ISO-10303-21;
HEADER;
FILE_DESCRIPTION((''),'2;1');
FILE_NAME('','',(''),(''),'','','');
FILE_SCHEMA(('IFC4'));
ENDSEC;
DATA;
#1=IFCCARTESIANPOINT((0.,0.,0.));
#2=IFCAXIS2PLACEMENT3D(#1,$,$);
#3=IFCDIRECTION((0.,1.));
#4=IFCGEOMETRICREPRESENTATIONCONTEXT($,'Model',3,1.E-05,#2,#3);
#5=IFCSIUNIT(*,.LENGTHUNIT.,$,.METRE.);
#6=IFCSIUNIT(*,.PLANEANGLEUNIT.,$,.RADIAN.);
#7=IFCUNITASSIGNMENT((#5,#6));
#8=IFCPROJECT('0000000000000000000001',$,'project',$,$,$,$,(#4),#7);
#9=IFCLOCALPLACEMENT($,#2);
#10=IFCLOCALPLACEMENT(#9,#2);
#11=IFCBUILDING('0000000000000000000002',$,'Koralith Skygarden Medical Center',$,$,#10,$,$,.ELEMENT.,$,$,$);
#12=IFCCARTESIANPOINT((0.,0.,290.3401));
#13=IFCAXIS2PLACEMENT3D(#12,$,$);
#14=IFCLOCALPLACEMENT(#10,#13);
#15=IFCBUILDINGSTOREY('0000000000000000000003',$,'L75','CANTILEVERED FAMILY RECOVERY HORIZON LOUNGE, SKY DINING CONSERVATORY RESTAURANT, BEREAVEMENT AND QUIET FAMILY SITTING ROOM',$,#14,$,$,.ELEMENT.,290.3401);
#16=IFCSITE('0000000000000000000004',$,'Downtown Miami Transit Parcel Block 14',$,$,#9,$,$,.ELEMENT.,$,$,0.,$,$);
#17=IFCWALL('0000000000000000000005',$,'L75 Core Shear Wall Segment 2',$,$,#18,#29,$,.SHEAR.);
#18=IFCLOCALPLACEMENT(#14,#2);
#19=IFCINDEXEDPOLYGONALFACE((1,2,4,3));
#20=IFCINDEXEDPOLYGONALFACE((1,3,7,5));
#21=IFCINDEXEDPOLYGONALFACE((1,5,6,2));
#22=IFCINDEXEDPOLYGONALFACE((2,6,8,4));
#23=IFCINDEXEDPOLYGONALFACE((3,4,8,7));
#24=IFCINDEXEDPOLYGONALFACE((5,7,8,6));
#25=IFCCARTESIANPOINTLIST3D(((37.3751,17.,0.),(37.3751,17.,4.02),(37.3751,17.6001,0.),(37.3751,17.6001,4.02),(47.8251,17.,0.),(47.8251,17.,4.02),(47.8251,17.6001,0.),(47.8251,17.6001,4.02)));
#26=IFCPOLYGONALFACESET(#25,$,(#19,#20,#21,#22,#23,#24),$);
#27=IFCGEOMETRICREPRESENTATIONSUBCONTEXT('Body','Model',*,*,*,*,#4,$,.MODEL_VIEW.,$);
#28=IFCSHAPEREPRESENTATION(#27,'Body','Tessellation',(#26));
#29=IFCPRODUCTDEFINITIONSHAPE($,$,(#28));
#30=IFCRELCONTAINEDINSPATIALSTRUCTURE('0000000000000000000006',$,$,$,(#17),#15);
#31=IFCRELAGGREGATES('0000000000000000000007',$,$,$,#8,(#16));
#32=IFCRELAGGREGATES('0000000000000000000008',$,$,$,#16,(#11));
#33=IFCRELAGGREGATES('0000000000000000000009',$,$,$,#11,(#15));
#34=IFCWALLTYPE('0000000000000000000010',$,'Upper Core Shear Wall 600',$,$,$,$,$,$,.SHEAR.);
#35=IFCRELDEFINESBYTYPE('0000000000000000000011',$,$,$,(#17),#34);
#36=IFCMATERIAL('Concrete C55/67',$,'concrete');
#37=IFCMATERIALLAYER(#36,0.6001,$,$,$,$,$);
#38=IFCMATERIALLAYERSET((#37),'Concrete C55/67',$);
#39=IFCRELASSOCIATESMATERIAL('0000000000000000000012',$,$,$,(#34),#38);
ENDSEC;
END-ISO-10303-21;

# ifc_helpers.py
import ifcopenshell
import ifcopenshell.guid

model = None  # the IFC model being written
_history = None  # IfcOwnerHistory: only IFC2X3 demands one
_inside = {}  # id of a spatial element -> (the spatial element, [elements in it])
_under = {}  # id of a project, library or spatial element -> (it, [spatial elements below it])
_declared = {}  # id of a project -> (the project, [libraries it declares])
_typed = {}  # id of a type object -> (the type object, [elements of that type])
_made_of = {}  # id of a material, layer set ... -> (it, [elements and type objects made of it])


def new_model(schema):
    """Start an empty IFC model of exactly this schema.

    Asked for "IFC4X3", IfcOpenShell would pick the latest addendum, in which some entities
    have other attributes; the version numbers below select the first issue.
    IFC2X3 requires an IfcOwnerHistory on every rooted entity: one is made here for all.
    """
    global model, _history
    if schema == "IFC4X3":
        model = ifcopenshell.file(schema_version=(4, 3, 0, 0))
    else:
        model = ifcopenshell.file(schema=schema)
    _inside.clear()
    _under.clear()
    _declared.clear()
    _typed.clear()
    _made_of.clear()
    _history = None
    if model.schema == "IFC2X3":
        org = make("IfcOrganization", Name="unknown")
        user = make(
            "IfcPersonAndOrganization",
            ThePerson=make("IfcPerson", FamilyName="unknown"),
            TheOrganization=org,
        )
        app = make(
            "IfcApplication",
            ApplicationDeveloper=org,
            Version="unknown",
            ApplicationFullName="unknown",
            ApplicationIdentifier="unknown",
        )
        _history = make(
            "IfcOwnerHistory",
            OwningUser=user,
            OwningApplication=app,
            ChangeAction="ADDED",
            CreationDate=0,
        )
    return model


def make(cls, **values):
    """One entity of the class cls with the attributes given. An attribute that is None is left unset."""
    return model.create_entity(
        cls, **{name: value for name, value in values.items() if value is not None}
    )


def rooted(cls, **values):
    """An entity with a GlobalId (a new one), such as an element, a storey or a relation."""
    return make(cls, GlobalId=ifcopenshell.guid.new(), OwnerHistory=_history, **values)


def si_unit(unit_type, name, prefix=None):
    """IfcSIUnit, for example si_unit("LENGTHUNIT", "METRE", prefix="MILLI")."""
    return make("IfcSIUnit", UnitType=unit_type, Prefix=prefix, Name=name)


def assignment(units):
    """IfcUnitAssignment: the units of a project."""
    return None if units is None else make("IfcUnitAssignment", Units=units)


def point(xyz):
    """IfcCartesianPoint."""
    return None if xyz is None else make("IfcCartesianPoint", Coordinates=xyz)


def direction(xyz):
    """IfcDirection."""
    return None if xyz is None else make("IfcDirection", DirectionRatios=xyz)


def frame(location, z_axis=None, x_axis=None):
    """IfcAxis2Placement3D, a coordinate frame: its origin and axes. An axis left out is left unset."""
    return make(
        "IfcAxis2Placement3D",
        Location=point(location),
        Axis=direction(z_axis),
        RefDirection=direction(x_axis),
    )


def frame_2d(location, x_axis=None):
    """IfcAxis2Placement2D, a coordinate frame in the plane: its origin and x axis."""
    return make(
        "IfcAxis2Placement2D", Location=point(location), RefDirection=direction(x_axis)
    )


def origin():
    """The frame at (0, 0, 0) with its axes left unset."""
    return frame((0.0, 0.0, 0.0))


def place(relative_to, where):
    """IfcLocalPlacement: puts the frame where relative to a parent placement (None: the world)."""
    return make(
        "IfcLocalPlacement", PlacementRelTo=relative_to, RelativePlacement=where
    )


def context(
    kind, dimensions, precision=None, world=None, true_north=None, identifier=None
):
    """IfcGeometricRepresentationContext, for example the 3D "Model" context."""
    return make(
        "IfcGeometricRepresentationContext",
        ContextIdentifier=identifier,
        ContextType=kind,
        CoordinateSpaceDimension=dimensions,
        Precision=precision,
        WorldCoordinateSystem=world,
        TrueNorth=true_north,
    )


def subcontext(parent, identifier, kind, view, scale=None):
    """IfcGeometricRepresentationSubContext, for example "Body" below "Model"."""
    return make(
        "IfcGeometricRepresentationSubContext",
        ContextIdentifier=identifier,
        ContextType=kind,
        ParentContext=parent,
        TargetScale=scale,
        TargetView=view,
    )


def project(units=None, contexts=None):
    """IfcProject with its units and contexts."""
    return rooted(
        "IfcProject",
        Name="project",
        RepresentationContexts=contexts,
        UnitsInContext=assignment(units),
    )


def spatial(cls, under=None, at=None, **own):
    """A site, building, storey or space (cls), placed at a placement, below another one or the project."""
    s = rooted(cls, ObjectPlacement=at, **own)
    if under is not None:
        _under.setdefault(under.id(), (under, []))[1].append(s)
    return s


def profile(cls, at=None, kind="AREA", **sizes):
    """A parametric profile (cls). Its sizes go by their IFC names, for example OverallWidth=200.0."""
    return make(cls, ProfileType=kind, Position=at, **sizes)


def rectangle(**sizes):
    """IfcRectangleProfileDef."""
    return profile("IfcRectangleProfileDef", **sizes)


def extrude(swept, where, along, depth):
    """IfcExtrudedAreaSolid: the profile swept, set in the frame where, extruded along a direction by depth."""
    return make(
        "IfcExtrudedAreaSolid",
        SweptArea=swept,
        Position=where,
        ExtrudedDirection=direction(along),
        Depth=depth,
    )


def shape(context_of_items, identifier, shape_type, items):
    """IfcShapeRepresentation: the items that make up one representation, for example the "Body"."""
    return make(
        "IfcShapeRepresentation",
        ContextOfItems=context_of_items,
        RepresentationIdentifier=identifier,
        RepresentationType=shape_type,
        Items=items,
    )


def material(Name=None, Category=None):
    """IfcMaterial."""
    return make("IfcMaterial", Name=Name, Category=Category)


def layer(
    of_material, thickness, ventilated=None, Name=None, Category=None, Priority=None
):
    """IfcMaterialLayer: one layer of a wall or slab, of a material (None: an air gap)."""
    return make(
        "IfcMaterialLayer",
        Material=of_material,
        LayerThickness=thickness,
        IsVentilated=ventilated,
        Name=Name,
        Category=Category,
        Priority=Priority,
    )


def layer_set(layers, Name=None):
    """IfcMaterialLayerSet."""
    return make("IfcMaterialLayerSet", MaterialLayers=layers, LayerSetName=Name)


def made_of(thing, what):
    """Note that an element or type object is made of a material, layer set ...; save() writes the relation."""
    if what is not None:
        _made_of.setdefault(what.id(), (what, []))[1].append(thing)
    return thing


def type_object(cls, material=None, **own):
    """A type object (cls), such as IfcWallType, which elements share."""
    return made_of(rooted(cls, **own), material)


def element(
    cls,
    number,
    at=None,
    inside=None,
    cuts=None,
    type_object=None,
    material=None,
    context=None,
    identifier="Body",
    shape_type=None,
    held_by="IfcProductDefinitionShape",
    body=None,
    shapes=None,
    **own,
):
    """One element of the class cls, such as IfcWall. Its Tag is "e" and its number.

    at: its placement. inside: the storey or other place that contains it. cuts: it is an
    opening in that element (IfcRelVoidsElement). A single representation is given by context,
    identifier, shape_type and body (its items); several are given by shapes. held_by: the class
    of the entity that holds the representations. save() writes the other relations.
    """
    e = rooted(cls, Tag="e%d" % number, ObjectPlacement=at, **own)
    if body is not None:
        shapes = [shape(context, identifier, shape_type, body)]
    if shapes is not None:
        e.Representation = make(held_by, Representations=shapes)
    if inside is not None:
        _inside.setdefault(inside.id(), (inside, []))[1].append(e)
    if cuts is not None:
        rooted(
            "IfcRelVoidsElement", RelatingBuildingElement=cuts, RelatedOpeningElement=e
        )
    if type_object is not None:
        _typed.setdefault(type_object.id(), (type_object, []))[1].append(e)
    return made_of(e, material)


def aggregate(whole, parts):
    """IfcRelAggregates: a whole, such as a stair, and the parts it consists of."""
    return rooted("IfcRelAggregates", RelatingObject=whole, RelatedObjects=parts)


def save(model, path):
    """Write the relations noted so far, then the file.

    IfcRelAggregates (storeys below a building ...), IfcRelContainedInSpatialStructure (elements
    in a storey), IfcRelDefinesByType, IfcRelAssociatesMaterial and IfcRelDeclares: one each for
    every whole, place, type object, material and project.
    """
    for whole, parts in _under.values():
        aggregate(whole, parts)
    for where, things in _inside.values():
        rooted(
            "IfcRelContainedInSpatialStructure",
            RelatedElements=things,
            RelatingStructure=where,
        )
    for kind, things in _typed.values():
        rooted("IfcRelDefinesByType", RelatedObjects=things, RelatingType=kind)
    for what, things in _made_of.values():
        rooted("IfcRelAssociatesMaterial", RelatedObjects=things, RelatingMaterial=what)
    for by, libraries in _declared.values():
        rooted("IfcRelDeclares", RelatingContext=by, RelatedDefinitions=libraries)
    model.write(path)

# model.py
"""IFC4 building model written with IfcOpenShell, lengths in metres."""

from ifc_helpers import new_model, si_unit, direction, frame, frame_2d, origin, place, context, subcontext, project, spatial, rectangle, extrude, material, layer, layer_set, type_object, element, save


model = new_model("IFC4")

# Units and contexts
model_context = context("Model", 3, precision=1e-05, world=origin(), true_north=direction((0.0, 1.0)))
body_context = subcontext(model_context, "Body", "Model", "MODEL_VIEW")
ifc_project = project(units=[si_unit("LENGTHUNIT", "METRE"), si_unit("PLANEANGLEUNIT", "RADIAN")], contexts=[model_context])

# Site, building, storey
site_placement = place(None, origin())
site = spatial("IfcSite", under=ifc_project, at=site_placement, Name="Downtown Miami Transit Parcel Block 14", CompositionType="ELEMENT", RefElevation=0.0)
building_placement = place(site_placement, origin())
building = spatial("IfcBuilding", under=site, at=building_placement, Name="Koralith Skygarden Medical Center", CompositionType="ELEMENT")
storey_placement = place(building_placement, frame((0.0, 0.0, 290.3401)))
storey = spatial("IfcBuildingStorey", under=building, at=storey_placement, Name="L75", Description="CANTILEVERED FAMILY RECOVERY HORIZON LOUNGE, SKY DINING CONSERVATORY RESTAURANT, BEREAVEMENT AND QUIET FAMILY SITTING ROOM", CompositionType="ELEMENT", Elevation=290.3401)

# Shared definitions
ifc_material_1 = material(Name="Concrete C55/67", Category="concrete")

# Wall
ifc_layer_1 = layer(ifc_material_1, 0.6001)
ifc_layer_set_1 = layer_set([ifc_layer_1], Name="Concrete C55/67")
wall_type_1 = type_object("IfcWallType", Name="Upper Core Shear Wall 600", PredefinedType="SHEAR", material=ifc_layer_set_1)
wall_1_placement = place(storey_placement, frame((37.375, 17.3, 0.0), z_axis=(0.0, 0.0, 1.0), x_axis=(1.0, 0.0, 0.0)))
element("IfcWall", 1, at=wall_1_placement, inside=storey, type_object=wall_type_1, Name="L75 Core Shear Wall Segment 2", PredefinedType="SHEAR", context=body_context, shape_type="SweptSolid", body=[
    extrude(rectangle(XDim=10.45, YDim=0.6001, at=frame_2d((5.2251, 0.0))), origin(), (0.0, 0.0, 1.0), 4.02),
])

save(model, "model.ifc")
